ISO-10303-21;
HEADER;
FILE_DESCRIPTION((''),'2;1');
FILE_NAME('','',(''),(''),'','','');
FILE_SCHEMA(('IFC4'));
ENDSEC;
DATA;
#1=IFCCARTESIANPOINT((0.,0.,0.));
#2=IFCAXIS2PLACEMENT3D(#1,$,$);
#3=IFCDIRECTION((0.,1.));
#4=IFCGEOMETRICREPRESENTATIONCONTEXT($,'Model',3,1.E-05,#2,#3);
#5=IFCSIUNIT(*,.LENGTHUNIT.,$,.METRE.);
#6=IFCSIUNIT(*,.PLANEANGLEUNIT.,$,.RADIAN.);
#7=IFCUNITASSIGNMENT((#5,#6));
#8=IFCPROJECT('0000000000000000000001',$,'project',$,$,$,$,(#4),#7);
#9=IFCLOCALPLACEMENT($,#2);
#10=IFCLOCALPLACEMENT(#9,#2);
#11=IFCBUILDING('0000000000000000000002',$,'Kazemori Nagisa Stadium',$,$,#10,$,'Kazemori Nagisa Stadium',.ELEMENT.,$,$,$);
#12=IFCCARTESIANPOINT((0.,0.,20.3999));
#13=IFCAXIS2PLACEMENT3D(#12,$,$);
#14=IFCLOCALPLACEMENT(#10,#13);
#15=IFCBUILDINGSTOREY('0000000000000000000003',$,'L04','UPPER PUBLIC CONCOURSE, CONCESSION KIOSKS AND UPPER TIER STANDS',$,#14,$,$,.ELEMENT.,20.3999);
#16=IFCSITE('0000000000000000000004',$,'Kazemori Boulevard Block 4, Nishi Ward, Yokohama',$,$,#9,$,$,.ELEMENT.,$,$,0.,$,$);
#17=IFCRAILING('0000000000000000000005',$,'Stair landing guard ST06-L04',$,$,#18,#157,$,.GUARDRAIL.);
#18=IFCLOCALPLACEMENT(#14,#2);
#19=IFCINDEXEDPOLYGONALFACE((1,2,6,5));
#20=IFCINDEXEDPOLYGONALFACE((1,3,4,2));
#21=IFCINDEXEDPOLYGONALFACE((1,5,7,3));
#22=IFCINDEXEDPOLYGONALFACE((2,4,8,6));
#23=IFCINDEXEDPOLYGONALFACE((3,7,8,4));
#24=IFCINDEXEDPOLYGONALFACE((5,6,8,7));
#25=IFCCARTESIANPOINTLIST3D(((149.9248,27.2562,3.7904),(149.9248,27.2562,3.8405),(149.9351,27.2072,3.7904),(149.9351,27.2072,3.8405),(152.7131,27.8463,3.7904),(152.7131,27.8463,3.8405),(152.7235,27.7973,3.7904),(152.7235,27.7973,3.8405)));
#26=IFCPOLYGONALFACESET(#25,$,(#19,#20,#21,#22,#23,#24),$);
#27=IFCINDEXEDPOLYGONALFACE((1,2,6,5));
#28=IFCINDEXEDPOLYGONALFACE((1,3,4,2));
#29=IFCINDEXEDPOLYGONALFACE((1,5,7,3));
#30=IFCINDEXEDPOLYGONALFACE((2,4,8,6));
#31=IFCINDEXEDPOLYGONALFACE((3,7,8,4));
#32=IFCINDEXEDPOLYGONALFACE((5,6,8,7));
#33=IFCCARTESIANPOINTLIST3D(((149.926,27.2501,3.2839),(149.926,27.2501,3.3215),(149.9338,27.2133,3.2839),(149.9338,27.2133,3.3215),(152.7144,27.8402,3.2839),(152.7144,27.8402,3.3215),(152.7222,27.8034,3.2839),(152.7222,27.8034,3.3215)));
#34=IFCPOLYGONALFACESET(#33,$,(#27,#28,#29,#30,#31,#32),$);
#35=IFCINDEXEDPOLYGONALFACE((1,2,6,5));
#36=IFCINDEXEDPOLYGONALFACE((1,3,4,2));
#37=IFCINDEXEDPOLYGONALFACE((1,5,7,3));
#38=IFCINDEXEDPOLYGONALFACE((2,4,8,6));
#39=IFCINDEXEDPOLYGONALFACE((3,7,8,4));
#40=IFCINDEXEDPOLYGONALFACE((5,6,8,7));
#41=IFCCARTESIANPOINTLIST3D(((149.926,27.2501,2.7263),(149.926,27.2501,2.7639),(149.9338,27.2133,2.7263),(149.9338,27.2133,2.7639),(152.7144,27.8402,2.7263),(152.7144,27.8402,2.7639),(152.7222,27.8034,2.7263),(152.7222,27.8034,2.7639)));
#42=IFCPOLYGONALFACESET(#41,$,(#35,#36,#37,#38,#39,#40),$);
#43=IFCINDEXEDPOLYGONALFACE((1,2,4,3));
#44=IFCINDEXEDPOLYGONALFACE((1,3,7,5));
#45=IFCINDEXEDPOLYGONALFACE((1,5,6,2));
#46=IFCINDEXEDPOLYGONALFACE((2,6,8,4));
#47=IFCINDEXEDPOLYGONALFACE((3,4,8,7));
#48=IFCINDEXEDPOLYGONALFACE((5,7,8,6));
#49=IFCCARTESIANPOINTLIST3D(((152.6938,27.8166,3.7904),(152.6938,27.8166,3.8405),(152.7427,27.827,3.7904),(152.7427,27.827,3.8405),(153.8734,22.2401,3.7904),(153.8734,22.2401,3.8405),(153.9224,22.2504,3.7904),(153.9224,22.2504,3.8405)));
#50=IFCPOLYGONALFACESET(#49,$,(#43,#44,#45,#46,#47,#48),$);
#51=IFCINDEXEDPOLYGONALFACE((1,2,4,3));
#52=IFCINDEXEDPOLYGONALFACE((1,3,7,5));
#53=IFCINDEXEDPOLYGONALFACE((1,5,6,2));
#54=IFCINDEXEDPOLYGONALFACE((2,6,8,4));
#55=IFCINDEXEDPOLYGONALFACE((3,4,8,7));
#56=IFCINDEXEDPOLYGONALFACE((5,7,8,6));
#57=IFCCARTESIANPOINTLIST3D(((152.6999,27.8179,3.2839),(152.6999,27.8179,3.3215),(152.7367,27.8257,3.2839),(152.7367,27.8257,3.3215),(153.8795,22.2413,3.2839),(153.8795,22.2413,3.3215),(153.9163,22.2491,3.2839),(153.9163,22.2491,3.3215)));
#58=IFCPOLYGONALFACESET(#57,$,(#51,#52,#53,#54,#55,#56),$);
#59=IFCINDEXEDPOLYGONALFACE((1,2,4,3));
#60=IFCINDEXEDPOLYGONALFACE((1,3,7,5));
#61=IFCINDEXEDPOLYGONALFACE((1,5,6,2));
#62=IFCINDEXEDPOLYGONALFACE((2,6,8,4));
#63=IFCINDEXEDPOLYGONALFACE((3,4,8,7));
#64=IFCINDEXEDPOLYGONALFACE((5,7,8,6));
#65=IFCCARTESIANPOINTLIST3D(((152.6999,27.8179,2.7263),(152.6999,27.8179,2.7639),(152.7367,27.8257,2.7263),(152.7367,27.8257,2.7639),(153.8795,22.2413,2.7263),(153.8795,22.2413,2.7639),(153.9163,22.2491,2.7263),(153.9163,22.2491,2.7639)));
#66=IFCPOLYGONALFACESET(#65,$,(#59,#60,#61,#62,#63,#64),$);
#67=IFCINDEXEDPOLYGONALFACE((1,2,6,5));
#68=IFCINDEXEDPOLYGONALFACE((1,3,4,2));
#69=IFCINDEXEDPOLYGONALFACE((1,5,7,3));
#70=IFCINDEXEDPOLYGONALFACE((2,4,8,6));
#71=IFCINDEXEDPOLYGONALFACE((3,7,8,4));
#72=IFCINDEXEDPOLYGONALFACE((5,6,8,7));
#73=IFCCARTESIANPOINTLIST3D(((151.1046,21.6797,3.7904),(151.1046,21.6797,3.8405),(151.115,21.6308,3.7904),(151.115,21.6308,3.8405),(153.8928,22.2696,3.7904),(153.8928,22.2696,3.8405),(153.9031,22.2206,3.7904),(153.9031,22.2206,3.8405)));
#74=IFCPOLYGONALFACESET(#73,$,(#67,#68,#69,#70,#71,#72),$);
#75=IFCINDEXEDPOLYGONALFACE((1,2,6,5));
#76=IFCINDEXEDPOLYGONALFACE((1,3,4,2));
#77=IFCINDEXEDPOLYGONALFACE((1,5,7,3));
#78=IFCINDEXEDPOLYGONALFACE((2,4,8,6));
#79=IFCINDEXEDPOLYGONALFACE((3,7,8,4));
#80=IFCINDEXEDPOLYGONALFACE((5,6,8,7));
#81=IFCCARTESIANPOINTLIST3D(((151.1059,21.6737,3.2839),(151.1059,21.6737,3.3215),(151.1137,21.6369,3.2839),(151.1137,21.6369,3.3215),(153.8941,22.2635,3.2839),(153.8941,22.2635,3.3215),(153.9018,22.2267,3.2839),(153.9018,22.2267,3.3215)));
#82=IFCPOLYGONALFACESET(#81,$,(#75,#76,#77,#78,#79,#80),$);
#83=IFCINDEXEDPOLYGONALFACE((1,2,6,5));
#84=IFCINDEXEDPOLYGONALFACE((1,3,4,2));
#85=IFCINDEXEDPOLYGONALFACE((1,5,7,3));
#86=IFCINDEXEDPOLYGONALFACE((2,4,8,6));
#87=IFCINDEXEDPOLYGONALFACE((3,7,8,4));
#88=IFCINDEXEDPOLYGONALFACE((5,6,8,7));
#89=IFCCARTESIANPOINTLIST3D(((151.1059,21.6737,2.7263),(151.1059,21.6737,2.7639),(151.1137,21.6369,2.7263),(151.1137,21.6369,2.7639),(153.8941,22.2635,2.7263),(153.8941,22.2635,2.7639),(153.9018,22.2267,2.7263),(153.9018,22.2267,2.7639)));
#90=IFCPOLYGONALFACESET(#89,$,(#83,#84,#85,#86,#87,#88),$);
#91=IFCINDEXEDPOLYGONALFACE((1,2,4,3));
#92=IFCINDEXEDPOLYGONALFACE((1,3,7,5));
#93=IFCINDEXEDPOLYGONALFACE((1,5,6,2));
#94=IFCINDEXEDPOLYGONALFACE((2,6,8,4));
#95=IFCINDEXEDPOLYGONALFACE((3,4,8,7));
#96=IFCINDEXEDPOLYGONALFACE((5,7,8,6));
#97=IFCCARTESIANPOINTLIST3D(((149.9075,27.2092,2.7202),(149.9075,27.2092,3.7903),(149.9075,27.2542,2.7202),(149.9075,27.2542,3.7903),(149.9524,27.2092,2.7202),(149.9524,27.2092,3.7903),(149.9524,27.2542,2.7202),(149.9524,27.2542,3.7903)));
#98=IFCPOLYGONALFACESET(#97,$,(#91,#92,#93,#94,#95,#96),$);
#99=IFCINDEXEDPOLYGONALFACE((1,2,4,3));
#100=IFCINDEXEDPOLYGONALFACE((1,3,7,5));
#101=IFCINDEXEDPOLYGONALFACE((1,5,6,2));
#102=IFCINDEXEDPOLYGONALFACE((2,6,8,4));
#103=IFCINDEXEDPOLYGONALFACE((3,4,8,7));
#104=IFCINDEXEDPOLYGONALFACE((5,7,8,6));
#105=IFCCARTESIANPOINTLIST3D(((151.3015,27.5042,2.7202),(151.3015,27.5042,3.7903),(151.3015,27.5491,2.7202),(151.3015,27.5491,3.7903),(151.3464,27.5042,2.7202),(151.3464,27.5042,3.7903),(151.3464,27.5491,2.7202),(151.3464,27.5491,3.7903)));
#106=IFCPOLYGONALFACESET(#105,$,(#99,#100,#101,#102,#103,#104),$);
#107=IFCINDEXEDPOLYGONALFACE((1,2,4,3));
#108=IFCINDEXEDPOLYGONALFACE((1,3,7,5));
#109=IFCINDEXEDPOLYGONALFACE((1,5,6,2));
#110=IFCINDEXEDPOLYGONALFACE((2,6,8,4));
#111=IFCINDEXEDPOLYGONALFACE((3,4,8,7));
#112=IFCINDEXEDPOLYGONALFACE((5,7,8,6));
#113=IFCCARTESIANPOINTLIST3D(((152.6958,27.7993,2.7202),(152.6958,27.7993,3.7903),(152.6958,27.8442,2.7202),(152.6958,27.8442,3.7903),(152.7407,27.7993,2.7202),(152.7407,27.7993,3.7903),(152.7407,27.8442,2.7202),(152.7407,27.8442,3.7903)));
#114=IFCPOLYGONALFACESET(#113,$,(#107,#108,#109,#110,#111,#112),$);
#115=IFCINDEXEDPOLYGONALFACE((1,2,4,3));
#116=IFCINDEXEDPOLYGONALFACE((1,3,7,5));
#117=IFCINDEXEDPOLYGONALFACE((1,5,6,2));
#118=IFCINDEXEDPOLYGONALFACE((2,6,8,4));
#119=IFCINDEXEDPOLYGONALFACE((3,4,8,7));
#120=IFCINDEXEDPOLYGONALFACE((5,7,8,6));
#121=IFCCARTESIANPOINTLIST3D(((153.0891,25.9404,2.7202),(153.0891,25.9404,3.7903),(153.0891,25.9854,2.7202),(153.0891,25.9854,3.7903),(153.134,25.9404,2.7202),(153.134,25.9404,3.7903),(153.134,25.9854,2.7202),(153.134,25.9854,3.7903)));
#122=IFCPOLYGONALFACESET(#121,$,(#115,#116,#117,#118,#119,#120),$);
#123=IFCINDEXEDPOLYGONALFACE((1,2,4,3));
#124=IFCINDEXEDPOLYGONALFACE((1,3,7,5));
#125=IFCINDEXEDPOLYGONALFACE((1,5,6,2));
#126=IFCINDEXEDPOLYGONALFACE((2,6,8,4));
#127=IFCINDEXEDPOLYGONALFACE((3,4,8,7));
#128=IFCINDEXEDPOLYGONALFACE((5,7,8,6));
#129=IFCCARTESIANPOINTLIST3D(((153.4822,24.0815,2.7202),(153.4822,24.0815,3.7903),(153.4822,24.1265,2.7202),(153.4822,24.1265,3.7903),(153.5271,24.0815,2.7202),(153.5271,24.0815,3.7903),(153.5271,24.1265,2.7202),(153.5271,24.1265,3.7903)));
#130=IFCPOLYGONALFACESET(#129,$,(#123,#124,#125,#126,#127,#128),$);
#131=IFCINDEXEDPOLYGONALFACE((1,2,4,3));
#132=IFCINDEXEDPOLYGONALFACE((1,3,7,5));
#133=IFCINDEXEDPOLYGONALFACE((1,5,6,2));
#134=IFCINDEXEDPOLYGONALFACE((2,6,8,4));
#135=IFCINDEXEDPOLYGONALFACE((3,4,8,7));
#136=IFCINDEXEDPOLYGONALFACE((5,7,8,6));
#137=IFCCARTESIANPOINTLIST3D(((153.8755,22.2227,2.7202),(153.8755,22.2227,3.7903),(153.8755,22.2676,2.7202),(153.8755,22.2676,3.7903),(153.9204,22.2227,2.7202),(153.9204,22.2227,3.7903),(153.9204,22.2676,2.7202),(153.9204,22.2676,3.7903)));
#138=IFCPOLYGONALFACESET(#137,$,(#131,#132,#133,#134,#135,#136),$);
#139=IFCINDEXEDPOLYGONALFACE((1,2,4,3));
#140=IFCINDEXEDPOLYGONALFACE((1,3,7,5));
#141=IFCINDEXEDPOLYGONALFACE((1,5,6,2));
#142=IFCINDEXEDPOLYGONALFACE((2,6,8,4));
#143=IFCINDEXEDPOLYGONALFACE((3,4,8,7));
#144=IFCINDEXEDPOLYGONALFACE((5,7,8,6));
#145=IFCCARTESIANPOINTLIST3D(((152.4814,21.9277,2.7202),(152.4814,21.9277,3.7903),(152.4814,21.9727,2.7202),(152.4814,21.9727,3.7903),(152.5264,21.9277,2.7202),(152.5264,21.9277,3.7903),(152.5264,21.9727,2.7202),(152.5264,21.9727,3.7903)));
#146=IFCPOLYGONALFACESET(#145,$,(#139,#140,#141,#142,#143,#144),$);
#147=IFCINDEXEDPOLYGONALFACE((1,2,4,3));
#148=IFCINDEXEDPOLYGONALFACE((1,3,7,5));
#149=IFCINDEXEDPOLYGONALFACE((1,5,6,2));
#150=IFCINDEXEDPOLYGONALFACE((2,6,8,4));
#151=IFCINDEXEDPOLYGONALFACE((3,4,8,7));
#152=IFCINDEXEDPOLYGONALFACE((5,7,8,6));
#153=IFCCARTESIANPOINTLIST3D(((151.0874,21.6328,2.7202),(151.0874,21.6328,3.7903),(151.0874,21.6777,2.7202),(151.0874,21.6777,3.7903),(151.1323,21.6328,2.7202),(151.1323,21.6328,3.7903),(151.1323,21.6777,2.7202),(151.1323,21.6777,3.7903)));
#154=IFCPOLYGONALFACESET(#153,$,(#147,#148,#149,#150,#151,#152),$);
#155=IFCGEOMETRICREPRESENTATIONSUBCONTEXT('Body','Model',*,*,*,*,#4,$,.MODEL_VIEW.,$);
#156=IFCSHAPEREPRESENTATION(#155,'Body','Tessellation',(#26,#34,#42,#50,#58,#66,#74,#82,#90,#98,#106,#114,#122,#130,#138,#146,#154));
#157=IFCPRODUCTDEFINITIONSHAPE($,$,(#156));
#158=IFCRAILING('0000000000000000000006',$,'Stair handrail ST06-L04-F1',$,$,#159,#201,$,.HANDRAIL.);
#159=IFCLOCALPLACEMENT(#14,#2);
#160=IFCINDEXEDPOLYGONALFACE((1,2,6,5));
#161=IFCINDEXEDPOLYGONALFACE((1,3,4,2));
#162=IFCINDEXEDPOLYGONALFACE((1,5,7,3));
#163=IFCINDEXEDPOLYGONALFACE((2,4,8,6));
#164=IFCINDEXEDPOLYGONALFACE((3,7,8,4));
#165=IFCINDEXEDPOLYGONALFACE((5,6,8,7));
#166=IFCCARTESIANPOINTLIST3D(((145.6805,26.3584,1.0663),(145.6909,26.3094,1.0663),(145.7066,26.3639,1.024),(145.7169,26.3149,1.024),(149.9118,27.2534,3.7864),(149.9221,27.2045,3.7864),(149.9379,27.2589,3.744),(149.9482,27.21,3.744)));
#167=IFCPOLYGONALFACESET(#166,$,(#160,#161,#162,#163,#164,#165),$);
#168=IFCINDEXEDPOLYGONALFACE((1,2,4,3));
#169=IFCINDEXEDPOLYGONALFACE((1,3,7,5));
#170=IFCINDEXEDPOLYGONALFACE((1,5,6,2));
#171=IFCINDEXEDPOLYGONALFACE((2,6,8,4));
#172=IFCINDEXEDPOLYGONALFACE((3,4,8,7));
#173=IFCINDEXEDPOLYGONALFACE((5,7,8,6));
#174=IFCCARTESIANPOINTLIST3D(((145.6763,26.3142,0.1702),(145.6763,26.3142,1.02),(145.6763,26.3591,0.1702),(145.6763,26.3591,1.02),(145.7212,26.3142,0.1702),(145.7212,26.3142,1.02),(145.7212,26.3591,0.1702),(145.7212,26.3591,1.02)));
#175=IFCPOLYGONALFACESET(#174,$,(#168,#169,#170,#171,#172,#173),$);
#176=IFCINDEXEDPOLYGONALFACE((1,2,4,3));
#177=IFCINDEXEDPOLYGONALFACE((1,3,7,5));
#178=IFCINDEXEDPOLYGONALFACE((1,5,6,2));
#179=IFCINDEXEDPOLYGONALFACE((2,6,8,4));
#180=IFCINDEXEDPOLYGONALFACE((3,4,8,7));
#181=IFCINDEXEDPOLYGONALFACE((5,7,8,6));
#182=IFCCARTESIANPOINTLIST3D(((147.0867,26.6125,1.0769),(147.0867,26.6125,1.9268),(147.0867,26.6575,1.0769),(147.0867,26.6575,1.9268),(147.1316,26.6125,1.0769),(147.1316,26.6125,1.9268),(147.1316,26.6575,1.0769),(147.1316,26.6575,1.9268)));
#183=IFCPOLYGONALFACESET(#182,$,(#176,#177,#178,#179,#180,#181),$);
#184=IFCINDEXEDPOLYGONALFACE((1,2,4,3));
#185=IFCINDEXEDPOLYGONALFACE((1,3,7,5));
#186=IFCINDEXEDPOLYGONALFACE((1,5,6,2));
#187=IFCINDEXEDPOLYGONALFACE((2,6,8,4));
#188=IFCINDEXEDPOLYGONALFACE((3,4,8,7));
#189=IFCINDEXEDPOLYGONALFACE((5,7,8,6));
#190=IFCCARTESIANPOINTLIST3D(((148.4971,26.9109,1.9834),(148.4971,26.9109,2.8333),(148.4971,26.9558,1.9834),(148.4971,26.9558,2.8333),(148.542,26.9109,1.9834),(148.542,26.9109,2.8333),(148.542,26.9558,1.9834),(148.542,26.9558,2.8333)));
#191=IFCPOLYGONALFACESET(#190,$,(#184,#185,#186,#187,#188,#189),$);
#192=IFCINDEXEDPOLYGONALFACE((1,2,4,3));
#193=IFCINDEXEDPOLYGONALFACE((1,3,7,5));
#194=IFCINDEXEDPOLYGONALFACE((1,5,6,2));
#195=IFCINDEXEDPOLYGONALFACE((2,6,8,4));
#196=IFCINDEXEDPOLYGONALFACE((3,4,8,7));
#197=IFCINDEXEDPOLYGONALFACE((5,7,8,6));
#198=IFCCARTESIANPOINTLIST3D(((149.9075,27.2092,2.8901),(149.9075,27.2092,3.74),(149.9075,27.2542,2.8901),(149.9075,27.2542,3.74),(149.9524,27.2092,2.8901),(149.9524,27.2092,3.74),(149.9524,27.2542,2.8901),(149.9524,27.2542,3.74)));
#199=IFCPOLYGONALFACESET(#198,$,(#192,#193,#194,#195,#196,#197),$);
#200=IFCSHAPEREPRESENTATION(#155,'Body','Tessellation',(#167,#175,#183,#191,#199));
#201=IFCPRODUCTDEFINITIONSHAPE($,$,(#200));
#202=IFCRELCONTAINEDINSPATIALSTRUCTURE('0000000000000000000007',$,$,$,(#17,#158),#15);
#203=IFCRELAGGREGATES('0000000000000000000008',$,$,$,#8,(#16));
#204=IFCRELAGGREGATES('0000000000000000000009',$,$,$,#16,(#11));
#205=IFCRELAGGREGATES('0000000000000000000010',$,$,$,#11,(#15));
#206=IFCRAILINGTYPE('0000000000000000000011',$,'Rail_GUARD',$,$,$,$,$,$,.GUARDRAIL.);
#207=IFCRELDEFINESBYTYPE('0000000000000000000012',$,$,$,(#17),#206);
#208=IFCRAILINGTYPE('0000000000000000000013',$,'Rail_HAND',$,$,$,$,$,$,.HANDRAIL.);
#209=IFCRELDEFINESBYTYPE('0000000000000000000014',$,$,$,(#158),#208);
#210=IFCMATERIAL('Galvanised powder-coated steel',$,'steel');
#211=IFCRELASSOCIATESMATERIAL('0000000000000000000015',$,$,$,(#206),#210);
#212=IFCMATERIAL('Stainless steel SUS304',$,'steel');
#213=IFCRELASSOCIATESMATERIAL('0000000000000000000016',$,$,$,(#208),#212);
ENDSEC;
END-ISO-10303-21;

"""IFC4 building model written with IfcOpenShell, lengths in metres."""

from ifc_helpers import new_model, si_unit, direction, frame, origin, origin_2d, place, context, subcontext, project, spatial, rectangle, extrude, material, type_object, element, save


model = new_model("IFC4")

# Units and contexts
model_context = context("Model", 3, precision=1e-05, world=origin(), true_north=direction((0.0, 1.0)))
body_context = subcontext(model_context, "Body", "Model", "MODEL_VIEW")
ifc_project = project(units=[si_unit("LENGTHUNIT", "METRE"), si_unit("PLANEANGLEUNIT", "RADIAN")], contexts=[model_context])

# Site, building, storey
site_placement = place(None, origin())
site = spatial("IfcSite", under=ifc_project, at=site_placement, Name="Kazemori Boulevard Block 4, Nishi Ward, Yokohama", CompositionType="ELEMENT", RefElevation=0.0)
building_placement = place(site_placement, origin())
building = spatial("IfcBuilding", under=site, at=building_placement, Name="Kazemori Nagisa Stadium", LongName="Kazemori Nagisa Stadium", CompositionType="ELEMENT")
storey_placement = place(building_placement, frame((0.0, 0.0, 20.3999)))
storey = spatial("IfcBuildingStorey", under=building, at=storey_placement, Name="L04", Description="UPPER PUBLIC CONCOURSE, CONCESSION KIOSKS AND UPPER TIER STANDS", CompositionType="ELEMENT", Elevation=20.3999)

# Shared definitions
ifc_material_1 = material(Name="Stainless steel SUS304", Category="steel")

# Railings
ifc_material_2 = material(Name="Galvanised powder-coated steel", Category="steel")
railing_type_1 = type_object("IfcRailingType", Name="Rail_GUARD", PredefinedType="GUARDRAIL", material=ifc_material_2)
railing_1_placement = place(storey_placement, frame((149.9299, 27.2317, 2.7202)))
element("IfcRailing", 1, at=railing_1_placement, inside=storey, type_object=railing_type_1, Name="Stair landing guard ST06-L04", PredefinedType="GUARDRAIL", context=body_context, shape_type="SweptSolid", body=[
    extrude(rectangle(XDim=0.05, YDim=0.05, at=origin_2d()), frame((0.0, 0.0, 1.0952), z_axis=(0.978332, 0.207042, 0.0), x_axis=(-0.207042, 0.978332, 0.0)), (0.0, 0.0, 1.0), 2.8501),
    extrude(rectangle(XDim=0.0376, YDim=0.0376, at=origin_2d()), frame((0.0, 0.0, 0.5825), z_axis=(0.978332, 0.207042, 0.0), x_axis=(-0.207042, 0.978332, 0.0)), (0.0, 0.0, 1.0), 2.8501),
    extrude(rectangle(XDim=0.0376, YDim=0.0376, at=origin_2d()), frame((0.0, 0.0, 0.0249), z_axis=(0.978332, 0.207042, 0.0), x_axis=(-0.207042, 0.978332, 0.0)), (0.0, 0.0, 1.0), 2.8501),
    extrude(rectangle(XDim=0.05, YDim=0.05, at=origin_2d()), frame((2.7883, 0.5901, 1.0952), z_axis=(0.20696, -0.978349, 0.0), x_axis=(0.978349, 0.20696, 0.0)), (0.0, 0.0, 1.0), 5.7),
    extrude(rectangle(XDim=0.0376, YDim=0.0376, at=origin_2d()), frame((2.7883, 0.5901, 0.5825), z_axis=(0.20696, -0.978349, 0.0), x_axis=(0.978349, 0.20696, 0.0)), (0.0, 0.0, 1.0), 5.7),
    extrude(rectangle(XDim=0.0376, YDim=0.0376, at=origin_2d()), frame((2.7883, 0.5901, 0.0249), z_axis=(0.20696, -0.978349, 0.0), x_axis=(0.978349, 0.20696, 0.0)), (0.0, 0.0, 1.0), 5.7),
    extrude(rectangle(XDim=0.05, YDim=0.05, at=origin_2d()), frame((3.968, -4.9866, 1.0952), z_axis=(-0.978346, -0.206978, 0.0), x_axis=(0.206978, -0.978346, 0.0)), (0.0, 0.0, 1.0), 2.8499),
    extrude(rectangle(XDim=0.0376, YDim=0.0376, at=origin_2d()), frame((3.968, -4.9866, 0.5825), z_axis=(-0.978346, -0.206978, 0.0), x_axis=(0.206978, -0.978346, 0.0)), (0.0, 0.0, 1.0), 2.8499),
    extrude(rectangle(XDim=0.0376, YDim=0.0376, at=origin_2d()), frame((3.968, -4.9866, 0.0249), z_axis=(-0.978346, -0.206978, 0.0), x_axis=(0.206978, -0.978346, 0.0)), (0.0, 0.0, 1.0), 2.8499),
    extrude(rectangle(XDim=0.0449, YDim=0.0449, at=origin_2d()), origin(), (0.0, 0.0, 1.0), 1.0701),
    extrude(rectangle(XDim=0.0449, YDim=0.0449, at=origin_2d()), frame((1.394, 0.2949, 0.0)), (0.0, 0.0, 1.0), 1.0701),
    extrude(rectangle(XDim=0.0449, YDim=0.0449, at=origin_2d()), frame((2.7883, 0.5901, 0.0)), (0.0, 0.0, 1.0), 1.0701),
    extrude(rectangle(XDim=0.0449, YDim=0.0449, at=origin_2d()), frame((3.1816, -1.2688, 0.0)), (0.0, 0.0, 1.0), 1.0701),
    extrude(rectangle(XDim=0.0449, YDim=0.0449, at=origin_2d()), frame((3.5747, -3.1277, 0.0)), (0.0, 0.0, 1.0), 1.0701),
    extrude(rectangle(XDim=0.0449, YDim=0.0449, at=origin_2d()), frame((3.968, -4.9866, 0.0)), (0.0, 0.0, 1.0), 1.0701),
    extrude(rectangle(XDim=0.0449, YDim=0.0449, at=origin_2d()), frame((2.574, -5.2815, 0.0)), (0.0, 0.0, 1.0), 1.0701),
    extrude(rectangle(XDim=0.0449, YDim=0.0449, at=origin_2d()), frame((1.1799, -5.5764, 0.0)), (0.0, 0.0, 1.0), 1.0701),
])
railing_type_2 = type_object("IfcRailingType", Name="Rail_HAND", PredefinedType="HANDRAIL", material=ifc_material_1)
railing_2_placement = place(storey_placement, frame((145.6987, 26.3367, 0.1702)))
element("IfcRailing", 2, at=railing_2_placement, inside=storey, type_object=railing_type_2, Name="Stair handrail ST06-L04-F1", PredefinedType="HANDRAIL", context=body_context, shape_type="SweptSolid", body=[
    extrude(rectangle(XDim=0.05, YDim=0.05, at=origin_2d()), frame((0.0, 0.0, 0.875), z_axis=(0.828178, 0.175183, 0.532383), x_axis=(-0.206949, 0.978352, 0.0)), (0.0, 0.0, 1.0), 5.1091),
    extrude(rectangle(XDim=0.0449, YDim=0.0449, at=origin_2d()), origin(), (0.0, 0.0, 1.0), 0.8499),
    extrude(rectangle(XDim=0.0449, YDim=0.0449, at=origin_2d()), frame((1.4104, 0.2983, 0.9067)), (0.0, 0.0, 1.0), 0.8499),
    extrude(rectangle(XDim=0.0449, YDim=0.0449, at=origin_2d()), frame((2.8208, 0.5967, 1.8132)), (0.0, 0.0, 1.0), 0.8499),
    extrude(rectangle(XDim=0.0449, YDim=0.0449, at=origin_2d()), frame((4.2312, 0.895, 2.72)), (0.0, 0.0, 1.0), 0.8499),
])

save(model, "model.ifc")
